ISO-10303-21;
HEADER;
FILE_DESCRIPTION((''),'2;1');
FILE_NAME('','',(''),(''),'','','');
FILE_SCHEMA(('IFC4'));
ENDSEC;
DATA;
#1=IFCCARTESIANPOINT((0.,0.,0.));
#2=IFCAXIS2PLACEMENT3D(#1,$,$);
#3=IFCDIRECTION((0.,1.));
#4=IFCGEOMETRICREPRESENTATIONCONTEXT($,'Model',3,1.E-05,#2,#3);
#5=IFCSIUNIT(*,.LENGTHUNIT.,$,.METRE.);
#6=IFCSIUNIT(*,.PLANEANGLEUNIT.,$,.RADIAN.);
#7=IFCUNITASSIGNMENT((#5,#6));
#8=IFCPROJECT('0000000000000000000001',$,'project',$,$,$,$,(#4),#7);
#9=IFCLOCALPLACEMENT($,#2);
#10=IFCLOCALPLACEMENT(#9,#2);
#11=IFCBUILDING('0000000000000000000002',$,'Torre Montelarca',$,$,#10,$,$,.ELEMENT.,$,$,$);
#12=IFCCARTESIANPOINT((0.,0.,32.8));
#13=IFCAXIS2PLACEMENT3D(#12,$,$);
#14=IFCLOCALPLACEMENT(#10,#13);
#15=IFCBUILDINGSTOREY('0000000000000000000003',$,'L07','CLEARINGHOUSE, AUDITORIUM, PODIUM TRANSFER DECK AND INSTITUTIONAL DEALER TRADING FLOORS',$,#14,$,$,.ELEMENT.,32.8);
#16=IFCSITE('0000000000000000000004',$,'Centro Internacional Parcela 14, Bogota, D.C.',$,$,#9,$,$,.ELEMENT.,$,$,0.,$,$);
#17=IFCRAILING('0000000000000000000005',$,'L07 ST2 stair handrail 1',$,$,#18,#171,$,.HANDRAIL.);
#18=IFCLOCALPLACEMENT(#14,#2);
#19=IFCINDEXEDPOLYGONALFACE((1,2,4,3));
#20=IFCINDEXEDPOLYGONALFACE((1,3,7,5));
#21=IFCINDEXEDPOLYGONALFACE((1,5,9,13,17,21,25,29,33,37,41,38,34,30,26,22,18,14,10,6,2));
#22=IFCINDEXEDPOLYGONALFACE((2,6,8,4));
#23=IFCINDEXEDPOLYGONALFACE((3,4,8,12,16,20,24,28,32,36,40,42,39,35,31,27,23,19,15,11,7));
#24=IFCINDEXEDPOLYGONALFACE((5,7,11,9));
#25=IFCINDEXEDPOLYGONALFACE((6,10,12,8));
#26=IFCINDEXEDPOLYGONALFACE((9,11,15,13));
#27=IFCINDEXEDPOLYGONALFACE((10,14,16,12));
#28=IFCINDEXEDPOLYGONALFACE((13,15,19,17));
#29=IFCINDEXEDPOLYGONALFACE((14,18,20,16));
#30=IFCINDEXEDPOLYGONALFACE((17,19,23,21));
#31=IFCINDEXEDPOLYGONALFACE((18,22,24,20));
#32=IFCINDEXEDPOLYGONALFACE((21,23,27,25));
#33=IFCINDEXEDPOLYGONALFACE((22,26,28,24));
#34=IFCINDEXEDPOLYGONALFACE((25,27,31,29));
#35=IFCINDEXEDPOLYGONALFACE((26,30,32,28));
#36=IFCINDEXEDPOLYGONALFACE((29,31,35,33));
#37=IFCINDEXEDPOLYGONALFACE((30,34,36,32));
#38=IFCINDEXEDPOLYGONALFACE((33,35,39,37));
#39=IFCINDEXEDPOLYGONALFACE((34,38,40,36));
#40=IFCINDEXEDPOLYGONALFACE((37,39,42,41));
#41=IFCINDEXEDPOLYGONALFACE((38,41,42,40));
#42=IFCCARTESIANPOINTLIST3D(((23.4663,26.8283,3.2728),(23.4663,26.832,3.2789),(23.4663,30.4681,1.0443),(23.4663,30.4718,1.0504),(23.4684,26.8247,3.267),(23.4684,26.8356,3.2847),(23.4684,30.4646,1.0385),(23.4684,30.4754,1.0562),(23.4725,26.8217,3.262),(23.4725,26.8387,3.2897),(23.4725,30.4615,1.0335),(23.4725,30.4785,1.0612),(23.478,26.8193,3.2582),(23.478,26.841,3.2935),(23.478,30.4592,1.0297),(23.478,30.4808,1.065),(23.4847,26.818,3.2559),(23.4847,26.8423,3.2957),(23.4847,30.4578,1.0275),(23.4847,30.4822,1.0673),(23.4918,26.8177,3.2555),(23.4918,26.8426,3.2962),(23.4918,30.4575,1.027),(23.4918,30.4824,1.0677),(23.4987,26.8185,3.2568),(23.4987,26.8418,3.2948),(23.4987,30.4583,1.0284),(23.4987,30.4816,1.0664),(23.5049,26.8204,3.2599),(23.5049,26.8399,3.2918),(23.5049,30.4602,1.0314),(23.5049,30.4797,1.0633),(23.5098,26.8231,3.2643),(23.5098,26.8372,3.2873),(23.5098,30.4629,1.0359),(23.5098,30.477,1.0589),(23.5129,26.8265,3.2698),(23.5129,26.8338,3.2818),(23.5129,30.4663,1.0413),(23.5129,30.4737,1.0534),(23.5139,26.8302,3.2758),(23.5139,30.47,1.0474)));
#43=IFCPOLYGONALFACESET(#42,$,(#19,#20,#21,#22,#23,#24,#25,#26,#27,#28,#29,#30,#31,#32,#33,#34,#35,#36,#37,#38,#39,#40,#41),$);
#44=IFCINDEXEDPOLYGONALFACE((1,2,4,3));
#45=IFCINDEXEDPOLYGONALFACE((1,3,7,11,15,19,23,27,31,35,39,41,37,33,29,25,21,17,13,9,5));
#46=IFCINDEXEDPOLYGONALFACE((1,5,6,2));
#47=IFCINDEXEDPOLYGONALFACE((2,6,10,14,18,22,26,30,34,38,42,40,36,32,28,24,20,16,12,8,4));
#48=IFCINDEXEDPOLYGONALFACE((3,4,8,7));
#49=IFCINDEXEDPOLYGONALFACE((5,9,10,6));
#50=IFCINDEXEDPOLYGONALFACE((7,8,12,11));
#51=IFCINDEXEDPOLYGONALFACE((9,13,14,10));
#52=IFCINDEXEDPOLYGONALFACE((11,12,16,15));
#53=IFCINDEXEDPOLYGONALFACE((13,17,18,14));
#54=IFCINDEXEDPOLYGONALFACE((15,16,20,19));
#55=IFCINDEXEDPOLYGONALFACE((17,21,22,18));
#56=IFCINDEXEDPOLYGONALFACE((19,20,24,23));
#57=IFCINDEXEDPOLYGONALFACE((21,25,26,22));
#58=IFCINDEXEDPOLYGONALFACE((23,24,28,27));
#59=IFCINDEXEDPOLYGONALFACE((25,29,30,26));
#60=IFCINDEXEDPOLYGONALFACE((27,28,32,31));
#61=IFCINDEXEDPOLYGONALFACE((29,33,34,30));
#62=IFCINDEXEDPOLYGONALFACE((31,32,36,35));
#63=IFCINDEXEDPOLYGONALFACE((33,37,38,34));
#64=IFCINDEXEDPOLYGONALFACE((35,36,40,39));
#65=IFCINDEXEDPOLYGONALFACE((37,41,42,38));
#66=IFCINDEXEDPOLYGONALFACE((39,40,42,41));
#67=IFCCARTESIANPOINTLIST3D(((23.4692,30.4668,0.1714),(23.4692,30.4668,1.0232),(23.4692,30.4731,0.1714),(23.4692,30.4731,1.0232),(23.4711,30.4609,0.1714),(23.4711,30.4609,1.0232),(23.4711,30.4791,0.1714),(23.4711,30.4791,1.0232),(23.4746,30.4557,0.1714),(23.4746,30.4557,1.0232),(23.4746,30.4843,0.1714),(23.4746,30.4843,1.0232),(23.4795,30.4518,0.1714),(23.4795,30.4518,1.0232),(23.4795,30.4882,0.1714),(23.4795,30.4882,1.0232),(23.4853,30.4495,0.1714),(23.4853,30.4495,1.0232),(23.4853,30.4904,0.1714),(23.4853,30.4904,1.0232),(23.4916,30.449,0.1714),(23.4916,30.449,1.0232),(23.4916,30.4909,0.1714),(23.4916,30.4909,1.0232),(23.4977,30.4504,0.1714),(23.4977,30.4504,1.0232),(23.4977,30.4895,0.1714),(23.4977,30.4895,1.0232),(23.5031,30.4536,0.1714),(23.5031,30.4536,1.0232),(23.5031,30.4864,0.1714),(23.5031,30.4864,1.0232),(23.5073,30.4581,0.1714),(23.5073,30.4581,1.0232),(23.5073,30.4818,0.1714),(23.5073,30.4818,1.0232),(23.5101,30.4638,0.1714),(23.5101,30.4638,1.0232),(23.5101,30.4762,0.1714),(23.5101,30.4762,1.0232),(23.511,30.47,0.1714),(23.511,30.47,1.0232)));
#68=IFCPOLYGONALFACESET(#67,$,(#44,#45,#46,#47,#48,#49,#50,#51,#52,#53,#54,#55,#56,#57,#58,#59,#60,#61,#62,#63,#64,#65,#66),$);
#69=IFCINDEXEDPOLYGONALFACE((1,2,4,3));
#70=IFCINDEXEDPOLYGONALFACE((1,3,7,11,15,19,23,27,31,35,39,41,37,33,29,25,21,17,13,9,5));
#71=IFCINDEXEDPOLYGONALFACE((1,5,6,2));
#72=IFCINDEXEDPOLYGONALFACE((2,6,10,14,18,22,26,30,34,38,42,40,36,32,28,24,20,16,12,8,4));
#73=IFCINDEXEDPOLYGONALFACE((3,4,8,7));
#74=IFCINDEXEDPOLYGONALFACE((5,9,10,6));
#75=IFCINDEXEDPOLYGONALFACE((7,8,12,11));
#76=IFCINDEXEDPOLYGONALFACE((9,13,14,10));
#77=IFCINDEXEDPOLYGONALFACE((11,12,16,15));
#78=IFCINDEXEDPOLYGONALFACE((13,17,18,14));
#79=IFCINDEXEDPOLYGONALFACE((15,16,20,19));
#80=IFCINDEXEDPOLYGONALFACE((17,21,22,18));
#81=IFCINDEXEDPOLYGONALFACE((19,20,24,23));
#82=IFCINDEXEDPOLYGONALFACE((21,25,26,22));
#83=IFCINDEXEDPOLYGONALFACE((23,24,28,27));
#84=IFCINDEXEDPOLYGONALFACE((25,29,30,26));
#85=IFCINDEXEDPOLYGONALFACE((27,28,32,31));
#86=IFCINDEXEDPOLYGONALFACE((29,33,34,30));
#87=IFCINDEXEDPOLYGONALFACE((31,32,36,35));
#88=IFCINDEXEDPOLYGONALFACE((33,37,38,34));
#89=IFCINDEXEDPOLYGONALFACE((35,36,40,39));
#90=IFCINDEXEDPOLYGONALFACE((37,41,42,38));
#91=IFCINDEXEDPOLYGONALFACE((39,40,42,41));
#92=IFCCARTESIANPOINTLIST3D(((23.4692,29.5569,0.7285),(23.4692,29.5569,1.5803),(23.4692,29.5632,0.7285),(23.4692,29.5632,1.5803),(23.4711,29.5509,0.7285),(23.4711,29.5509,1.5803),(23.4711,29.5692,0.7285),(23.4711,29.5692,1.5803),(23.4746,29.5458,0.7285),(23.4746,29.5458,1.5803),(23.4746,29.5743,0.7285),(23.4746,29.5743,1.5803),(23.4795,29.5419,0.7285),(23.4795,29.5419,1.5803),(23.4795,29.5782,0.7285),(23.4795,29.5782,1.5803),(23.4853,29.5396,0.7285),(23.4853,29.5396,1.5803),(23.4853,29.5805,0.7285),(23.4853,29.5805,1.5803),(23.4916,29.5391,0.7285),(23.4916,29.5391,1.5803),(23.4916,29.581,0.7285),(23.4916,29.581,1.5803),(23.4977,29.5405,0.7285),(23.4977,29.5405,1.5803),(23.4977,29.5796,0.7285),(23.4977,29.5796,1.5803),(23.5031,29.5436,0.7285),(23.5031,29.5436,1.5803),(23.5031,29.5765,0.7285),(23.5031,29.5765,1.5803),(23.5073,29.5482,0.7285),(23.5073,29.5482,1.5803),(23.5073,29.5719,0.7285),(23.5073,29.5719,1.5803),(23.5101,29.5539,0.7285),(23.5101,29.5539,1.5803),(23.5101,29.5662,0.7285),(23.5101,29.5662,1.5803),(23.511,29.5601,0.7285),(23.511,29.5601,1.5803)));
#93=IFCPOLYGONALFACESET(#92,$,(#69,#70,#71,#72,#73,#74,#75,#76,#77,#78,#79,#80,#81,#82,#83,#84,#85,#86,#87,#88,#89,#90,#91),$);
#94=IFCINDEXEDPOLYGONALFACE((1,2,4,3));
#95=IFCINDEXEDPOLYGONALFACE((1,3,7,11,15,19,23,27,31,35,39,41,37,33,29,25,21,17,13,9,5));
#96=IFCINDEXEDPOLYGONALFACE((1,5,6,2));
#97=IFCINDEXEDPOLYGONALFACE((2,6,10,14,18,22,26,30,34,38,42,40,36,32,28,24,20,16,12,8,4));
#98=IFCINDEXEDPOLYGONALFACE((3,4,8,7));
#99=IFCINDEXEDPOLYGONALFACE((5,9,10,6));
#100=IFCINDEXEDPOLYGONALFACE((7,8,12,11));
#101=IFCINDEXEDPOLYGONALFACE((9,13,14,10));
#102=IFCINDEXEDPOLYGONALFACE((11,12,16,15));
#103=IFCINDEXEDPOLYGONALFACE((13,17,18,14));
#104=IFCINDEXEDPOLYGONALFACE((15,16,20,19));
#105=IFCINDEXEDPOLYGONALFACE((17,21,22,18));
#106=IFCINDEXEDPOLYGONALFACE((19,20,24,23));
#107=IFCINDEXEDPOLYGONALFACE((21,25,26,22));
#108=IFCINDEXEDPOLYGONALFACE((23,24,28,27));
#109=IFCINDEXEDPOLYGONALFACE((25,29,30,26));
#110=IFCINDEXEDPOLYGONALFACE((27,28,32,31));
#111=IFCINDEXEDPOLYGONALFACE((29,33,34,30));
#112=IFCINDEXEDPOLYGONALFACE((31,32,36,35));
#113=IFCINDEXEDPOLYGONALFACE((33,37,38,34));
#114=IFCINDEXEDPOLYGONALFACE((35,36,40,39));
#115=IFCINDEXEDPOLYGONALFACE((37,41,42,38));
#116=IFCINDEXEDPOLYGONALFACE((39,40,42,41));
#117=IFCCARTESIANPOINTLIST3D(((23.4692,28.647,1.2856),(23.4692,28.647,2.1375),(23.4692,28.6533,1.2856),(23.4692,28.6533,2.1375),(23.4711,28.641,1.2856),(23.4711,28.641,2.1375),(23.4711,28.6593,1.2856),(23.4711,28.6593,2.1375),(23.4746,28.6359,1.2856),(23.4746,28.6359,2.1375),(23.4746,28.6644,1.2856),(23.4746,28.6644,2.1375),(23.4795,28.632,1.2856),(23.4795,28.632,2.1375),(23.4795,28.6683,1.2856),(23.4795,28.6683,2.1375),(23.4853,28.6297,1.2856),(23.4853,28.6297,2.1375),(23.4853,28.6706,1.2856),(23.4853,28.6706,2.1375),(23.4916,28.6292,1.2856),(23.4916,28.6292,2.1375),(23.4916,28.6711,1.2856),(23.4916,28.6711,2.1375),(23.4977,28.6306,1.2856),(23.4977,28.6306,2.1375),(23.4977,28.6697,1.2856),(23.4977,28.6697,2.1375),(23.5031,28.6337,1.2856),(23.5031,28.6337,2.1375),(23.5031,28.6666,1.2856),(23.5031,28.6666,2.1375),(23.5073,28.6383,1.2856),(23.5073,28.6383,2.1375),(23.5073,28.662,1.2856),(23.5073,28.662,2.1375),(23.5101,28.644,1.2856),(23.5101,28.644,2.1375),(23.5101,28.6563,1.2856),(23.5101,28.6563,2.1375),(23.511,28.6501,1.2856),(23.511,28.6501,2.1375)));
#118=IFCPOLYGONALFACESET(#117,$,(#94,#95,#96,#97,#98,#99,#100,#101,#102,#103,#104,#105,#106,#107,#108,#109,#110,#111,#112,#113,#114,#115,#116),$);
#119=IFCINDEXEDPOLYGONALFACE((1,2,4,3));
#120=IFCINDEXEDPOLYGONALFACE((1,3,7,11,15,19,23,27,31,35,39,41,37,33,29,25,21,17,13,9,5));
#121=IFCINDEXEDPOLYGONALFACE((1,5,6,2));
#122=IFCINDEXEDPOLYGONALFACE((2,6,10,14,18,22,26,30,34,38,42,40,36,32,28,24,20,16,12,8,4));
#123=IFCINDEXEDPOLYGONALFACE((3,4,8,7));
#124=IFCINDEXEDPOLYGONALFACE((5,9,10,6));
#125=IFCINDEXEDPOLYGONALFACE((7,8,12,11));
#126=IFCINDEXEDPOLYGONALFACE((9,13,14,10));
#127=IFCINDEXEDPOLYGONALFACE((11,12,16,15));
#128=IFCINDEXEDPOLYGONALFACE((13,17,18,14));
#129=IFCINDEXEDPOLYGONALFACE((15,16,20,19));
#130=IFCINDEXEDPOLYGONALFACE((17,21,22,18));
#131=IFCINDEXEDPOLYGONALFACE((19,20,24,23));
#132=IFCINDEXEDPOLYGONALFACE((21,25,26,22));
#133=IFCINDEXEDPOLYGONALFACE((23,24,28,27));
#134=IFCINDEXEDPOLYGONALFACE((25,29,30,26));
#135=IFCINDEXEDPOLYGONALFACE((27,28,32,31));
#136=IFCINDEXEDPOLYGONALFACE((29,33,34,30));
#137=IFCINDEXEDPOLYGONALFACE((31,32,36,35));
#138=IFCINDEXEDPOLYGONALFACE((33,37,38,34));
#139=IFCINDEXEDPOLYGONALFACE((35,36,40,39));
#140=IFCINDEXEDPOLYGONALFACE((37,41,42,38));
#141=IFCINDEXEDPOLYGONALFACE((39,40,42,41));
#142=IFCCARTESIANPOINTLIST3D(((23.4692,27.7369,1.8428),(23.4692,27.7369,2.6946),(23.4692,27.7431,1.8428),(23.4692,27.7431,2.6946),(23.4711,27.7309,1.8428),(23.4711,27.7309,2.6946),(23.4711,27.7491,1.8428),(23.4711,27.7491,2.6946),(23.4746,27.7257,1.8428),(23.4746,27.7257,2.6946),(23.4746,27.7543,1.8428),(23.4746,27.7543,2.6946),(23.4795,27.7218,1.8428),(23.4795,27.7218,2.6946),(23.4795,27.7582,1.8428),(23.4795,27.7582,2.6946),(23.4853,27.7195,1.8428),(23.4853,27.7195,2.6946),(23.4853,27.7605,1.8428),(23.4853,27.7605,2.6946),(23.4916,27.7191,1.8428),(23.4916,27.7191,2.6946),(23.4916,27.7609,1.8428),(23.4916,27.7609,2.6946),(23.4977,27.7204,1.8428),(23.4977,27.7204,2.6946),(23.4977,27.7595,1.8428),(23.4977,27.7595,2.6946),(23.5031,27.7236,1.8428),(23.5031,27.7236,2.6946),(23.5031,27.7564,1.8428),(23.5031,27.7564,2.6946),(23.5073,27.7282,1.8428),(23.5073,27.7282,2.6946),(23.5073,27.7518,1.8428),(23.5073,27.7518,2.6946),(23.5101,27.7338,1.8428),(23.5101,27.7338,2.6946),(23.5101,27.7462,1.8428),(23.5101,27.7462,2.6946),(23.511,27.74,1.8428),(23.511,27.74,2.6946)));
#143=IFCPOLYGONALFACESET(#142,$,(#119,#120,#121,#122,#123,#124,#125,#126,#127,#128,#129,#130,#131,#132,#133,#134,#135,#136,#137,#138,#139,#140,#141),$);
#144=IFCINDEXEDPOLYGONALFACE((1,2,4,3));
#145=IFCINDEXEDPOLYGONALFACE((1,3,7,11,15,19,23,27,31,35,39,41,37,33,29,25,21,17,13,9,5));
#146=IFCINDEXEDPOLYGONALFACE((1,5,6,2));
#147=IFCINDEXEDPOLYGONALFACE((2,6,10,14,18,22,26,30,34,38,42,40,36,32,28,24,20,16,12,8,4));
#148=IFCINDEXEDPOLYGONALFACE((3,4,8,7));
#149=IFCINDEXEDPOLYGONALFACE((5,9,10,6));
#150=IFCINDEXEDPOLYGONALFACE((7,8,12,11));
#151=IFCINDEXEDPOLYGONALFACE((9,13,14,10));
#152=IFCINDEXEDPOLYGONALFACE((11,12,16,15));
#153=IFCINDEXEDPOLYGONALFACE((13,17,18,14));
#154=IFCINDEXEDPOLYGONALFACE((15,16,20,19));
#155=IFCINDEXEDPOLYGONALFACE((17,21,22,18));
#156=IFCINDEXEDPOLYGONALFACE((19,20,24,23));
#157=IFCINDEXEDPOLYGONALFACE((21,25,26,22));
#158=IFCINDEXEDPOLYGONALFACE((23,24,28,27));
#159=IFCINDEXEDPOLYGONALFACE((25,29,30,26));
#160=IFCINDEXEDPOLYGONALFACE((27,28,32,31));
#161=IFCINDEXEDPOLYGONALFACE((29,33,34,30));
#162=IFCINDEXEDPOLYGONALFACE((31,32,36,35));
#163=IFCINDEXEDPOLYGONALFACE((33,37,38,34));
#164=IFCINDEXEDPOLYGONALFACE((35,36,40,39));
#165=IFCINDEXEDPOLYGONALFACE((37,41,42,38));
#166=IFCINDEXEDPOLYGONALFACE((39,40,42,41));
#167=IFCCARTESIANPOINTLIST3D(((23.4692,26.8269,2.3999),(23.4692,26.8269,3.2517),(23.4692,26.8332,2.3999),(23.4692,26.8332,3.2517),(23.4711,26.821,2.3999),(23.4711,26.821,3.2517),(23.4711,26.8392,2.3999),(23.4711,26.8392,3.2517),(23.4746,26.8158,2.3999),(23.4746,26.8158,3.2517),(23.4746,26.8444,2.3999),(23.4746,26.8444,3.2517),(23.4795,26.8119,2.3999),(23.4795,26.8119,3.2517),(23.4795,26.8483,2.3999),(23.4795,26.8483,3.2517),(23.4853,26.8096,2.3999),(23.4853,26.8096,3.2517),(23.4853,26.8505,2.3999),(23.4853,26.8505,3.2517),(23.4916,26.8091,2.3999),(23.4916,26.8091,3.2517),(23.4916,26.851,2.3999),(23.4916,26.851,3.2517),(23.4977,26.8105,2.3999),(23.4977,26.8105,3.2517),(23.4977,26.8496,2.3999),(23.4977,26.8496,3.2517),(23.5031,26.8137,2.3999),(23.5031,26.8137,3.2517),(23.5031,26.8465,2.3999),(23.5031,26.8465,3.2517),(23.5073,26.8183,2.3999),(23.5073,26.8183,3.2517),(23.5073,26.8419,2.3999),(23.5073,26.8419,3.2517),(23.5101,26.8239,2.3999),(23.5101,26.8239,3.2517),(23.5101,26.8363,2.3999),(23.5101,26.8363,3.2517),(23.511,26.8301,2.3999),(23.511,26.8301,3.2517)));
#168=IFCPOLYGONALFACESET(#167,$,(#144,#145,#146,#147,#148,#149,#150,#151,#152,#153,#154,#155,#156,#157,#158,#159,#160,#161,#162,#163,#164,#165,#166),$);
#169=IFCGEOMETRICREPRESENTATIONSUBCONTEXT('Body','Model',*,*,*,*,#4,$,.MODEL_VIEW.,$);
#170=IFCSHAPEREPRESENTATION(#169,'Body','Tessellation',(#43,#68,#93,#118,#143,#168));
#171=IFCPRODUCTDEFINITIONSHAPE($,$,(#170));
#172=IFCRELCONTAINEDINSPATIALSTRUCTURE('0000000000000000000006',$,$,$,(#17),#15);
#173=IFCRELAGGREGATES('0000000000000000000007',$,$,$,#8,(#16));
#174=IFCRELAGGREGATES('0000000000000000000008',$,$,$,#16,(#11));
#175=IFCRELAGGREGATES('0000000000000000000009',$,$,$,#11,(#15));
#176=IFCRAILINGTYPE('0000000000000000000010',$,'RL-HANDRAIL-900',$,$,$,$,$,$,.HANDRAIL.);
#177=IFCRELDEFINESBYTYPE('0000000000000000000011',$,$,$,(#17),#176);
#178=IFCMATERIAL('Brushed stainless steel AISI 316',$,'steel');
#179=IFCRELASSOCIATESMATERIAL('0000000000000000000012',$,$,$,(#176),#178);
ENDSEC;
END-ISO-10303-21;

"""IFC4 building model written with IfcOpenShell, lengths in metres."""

from ifc_helpers import new_model, si_unit, direction, frame, origin, origin_2d, place, context, subcontext, project, spatial, circle, extrude, material, type_object, element, save


model = new_model("IFC4")

# Units and contexts
model_context = context("Model", 3, precision=1e-05, world=origin(), true_north=direction((0.0, 1.0)))
body_context = subcontext(model_context, "Body", "Model", "MODEL_VIEW")
ifc_project = project(units=[si_unit("LENGTHUNIT", "METRE"), si_unit("PLANEANGLEUNIT", "RADIAN")], contexts=[model_context])

# Site, building, storey
site_placement = place(None, origin())
site = spatial("IfcSite", under=ifc_project, at=site_placement, Name="Centro Internacional Parcela 14, Bogota, D.C.", CompositionType="ELEMENT", RefElevation=0.0)
building_placement = place(site_placement, origin())
building = spatial("IfcBuilding", under=site, at=building_placement, Name="Torre Montelarca", CompositionType="ELEMENT")
storey_placement = place(building_placement, frame((0.0, 0.0, 32.8)))
storey = spatial("IfcBuildingStorey", under=building, at=storey_placement, Name="L07", Description="CLEARINGHOUSE, AUDITORIUM, PODIUM TRANSFER DECK AND INSTITUTIONAL DEALER TRADING FLOORS", CompositionType="ELEMENT", Elevation=32.8)

# Shared definitions
ifc_material_1 = material(Name="Brushed stainless steel AISI 316", Category="steel")

# Railing
railing_type_1 = type_object("IfcRailingType", Name="RL-HANDRAIL-900", PredefinedType="HANDRAIL", material=ifc_material_1)
railing_1_placement = place(storey_placement, frame((23.49, 30.47, 0.1714)))
element("IfcRailing", 1, at=railing_1_placement, inside=storey, type_object=railing_type_1, Name="L07 ST2 stair handrail 1", PredefinedType="HANDRAIL", context=body_context, shape_type="SweptSolid", body=[
    extrude(circle(Radius=0.0239, at=origin_2d()), frame((0.0, 0.0, 0.876), z_axis=(0.0, -0.85285, 0.522156), x_axis=(1.0, 0.0, 0.0)), (0.0, 0.0, 1.0), 4.2678),
    extrude(circle(Radius=0.021, at=origin_2d()), origin(), (0.0, 0.0, 1.0), 0.8518),
    extrude(circle(Radius=0.021, at=origin_2d()), frame((0.0, -0.9099, 0.5571)), (0.0, 0.0, 1.0), 0.8518),
    extrude(circle(Radius=0.021, at=origin_2d()), frame((0.0, -1.8198, 1.1143)), (0.0, 0.0, 1.0), 0.8518),
    extrude(circle(Radius=0.021, at=origin_2d()), frame((0.0, -2.73, 1.6714)), (0.0, 0.0, 1.0), 0.8518),
    extrude(circle(Radius=0.021, at=origin_2d()), frame((0.0, -3.6399, 2.2285)), (0.0, 0.0, 1.0), 0.8518),
])

save(model, "model.ifc")
